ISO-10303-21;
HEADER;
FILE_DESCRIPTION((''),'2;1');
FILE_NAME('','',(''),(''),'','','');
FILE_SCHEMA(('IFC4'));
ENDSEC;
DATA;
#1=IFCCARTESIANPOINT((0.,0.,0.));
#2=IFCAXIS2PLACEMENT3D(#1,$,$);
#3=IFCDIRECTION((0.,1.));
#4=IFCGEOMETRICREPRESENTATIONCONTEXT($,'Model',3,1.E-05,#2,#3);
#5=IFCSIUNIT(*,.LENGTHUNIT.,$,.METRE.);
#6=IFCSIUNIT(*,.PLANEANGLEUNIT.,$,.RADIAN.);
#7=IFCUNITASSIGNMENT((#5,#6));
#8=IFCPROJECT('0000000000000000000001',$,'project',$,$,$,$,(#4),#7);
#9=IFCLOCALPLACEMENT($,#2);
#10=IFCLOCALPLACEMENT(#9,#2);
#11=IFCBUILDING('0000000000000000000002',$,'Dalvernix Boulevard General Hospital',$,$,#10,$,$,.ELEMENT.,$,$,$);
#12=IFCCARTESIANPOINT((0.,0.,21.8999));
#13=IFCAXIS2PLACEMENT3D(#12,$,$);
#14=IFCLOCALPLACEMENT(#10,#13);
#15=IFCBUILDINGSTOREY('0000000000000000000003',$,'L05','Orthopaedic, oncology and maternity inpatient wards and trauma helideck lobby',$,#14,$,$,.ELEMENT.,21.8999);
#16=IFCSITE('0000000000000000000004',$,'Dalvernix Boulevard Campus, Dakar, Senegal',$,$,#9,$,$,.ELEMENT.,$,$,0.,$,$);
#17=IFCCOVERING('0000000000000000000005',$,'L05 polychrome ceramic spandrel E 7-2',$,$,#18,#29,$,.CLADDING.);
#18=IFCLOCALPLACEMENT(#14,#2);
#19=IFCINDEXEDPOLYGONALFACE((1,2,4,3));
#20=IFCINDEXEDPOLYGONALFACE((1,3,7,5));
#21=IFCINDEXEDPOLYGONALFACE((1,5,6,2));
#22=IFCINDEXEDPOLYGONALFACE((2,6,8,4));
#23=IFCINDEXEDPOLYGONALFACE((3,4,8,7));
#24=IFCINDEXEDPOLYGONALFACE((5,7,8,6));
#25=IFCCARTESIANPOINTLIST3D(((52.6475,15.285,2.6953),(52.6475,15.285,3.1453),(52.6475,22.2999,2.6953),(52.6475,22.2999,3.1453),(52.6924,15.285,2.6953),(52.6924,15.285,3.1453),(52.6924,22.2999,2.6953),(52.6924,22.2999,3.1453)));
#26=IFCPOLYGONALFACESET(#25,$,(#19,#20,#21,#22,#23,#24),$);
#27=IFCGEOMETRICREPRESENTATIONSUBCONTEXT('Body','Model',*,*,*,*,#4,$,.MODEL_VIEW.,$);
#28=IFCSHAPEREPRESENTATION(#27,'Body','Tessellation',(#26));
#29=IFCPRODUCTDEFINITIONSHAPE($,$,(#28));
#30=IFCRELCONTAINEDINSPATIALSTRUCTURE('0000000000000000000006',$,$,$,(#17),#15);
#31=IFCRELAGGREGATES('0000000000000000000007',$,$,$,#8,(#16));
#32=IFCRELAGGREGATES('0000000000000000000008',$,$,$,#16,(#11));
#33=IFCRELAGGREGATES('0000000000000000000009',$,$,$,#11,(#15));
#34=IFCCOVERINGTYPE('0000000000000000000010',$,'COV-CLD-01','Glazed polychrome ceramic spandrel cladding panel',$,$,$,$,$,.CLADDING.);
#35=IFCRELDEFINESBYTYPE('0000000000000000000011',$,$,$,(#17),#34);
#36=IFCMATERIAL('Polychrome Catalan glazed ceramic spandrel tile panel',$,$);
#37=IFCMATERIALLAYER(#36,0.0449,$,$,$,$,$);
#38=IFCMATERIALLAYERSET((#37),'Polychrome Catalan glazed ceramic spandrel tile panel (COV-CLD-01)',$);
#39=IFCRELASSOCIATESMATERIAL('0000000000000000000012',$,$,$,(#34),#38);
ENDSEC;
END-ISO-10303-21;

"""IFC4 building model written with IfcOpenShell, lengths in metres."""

from ifc_helpers import new_model, si_unit, direction, frame, origin, origin_2d, place, context, subcontext, project, spatial, rectangle, extrude, material, layer, layer_set, type_object, element, save


model = new_model("IFC4")

# Units and contexts
model_context = context("Model", 3, precision=1e-05, world=origin(), true_north=direction((0.0, 1.0)))
body_context = subcontext(model_context, "Body", "Model", "MODEL_VIEW")
ifc_project = project(units=[si_unit("LENGTHUNIT", "METRE"), si_unit("PLANEANGLEUNIT", "RADIAN")], contexts=[model_context])

# Site, building, storey
site_placement = place(None, origin())
site = spatial("IfcSite", under=ifc_project, at=site_placement, Name="Dalvernix Boulevard Campus, Dakar, Senegal", CompositionType="ELEMENT", RefElevation=0.0)
building_placement = place(site_placement, origin())
building = spatial("IfcBuilding", under=site, at=building_placement, Name="Dalvernix Boulevard General Hospital", CompositionType="ELEMENT")
storey_placement = place(building_placement, frame((0.0, 0.0, 21.8999)))
storey = spatial("IfcBuildingStorey", under=building, at=storey_placement, Name="L05", Description="Orthopaedic, oncology and maternity inpatient wards and trauma helideck lobby", CompositionType="ELEMENT", Elevation=21.8999)

# Covering
ifc_material_1 = material(Name="Polychrome Catalan glazed ceramic spandrel tile panel")
ifc_layer_1 = layer(ifc_material_1, 0.0449)
ifc_layer_set_1 = layer_set([ifc_layer_1], Name="Polychrome Catalan glazed ceramic spandrel tile panel (COV-CLD-01)")
covering_type = type_object("IfcCoveringType", Name="COV-CLD-01", Description="Glazed polychrome ceramic spandrel cladding panel", PredefinedType="CLADDING", material=ifc_layer_set_1)
covering_placement = place(storey_placement, frame((52.6699, 18.7925, 2.6953), z_axis=(0.0, 0.0, 1.0), x_axis=(0.0, -1.0, 0.0)))
element("IfcCovering", 1, at=covering_placement, inside=storey, type_object=covering_type, Name="L05 polychrome ceramic spandrel E 7-2", PredefinedType="CLADDING", context=body_context, shape_type="SweptSolid", body=[
    extrude(rectangle(XDim=7.0149, YDim=0.0449, at=origin_2d()), origin(), (0.0, 0.0, 1.0), 0.45),
])

save(model, "model.ifc")
